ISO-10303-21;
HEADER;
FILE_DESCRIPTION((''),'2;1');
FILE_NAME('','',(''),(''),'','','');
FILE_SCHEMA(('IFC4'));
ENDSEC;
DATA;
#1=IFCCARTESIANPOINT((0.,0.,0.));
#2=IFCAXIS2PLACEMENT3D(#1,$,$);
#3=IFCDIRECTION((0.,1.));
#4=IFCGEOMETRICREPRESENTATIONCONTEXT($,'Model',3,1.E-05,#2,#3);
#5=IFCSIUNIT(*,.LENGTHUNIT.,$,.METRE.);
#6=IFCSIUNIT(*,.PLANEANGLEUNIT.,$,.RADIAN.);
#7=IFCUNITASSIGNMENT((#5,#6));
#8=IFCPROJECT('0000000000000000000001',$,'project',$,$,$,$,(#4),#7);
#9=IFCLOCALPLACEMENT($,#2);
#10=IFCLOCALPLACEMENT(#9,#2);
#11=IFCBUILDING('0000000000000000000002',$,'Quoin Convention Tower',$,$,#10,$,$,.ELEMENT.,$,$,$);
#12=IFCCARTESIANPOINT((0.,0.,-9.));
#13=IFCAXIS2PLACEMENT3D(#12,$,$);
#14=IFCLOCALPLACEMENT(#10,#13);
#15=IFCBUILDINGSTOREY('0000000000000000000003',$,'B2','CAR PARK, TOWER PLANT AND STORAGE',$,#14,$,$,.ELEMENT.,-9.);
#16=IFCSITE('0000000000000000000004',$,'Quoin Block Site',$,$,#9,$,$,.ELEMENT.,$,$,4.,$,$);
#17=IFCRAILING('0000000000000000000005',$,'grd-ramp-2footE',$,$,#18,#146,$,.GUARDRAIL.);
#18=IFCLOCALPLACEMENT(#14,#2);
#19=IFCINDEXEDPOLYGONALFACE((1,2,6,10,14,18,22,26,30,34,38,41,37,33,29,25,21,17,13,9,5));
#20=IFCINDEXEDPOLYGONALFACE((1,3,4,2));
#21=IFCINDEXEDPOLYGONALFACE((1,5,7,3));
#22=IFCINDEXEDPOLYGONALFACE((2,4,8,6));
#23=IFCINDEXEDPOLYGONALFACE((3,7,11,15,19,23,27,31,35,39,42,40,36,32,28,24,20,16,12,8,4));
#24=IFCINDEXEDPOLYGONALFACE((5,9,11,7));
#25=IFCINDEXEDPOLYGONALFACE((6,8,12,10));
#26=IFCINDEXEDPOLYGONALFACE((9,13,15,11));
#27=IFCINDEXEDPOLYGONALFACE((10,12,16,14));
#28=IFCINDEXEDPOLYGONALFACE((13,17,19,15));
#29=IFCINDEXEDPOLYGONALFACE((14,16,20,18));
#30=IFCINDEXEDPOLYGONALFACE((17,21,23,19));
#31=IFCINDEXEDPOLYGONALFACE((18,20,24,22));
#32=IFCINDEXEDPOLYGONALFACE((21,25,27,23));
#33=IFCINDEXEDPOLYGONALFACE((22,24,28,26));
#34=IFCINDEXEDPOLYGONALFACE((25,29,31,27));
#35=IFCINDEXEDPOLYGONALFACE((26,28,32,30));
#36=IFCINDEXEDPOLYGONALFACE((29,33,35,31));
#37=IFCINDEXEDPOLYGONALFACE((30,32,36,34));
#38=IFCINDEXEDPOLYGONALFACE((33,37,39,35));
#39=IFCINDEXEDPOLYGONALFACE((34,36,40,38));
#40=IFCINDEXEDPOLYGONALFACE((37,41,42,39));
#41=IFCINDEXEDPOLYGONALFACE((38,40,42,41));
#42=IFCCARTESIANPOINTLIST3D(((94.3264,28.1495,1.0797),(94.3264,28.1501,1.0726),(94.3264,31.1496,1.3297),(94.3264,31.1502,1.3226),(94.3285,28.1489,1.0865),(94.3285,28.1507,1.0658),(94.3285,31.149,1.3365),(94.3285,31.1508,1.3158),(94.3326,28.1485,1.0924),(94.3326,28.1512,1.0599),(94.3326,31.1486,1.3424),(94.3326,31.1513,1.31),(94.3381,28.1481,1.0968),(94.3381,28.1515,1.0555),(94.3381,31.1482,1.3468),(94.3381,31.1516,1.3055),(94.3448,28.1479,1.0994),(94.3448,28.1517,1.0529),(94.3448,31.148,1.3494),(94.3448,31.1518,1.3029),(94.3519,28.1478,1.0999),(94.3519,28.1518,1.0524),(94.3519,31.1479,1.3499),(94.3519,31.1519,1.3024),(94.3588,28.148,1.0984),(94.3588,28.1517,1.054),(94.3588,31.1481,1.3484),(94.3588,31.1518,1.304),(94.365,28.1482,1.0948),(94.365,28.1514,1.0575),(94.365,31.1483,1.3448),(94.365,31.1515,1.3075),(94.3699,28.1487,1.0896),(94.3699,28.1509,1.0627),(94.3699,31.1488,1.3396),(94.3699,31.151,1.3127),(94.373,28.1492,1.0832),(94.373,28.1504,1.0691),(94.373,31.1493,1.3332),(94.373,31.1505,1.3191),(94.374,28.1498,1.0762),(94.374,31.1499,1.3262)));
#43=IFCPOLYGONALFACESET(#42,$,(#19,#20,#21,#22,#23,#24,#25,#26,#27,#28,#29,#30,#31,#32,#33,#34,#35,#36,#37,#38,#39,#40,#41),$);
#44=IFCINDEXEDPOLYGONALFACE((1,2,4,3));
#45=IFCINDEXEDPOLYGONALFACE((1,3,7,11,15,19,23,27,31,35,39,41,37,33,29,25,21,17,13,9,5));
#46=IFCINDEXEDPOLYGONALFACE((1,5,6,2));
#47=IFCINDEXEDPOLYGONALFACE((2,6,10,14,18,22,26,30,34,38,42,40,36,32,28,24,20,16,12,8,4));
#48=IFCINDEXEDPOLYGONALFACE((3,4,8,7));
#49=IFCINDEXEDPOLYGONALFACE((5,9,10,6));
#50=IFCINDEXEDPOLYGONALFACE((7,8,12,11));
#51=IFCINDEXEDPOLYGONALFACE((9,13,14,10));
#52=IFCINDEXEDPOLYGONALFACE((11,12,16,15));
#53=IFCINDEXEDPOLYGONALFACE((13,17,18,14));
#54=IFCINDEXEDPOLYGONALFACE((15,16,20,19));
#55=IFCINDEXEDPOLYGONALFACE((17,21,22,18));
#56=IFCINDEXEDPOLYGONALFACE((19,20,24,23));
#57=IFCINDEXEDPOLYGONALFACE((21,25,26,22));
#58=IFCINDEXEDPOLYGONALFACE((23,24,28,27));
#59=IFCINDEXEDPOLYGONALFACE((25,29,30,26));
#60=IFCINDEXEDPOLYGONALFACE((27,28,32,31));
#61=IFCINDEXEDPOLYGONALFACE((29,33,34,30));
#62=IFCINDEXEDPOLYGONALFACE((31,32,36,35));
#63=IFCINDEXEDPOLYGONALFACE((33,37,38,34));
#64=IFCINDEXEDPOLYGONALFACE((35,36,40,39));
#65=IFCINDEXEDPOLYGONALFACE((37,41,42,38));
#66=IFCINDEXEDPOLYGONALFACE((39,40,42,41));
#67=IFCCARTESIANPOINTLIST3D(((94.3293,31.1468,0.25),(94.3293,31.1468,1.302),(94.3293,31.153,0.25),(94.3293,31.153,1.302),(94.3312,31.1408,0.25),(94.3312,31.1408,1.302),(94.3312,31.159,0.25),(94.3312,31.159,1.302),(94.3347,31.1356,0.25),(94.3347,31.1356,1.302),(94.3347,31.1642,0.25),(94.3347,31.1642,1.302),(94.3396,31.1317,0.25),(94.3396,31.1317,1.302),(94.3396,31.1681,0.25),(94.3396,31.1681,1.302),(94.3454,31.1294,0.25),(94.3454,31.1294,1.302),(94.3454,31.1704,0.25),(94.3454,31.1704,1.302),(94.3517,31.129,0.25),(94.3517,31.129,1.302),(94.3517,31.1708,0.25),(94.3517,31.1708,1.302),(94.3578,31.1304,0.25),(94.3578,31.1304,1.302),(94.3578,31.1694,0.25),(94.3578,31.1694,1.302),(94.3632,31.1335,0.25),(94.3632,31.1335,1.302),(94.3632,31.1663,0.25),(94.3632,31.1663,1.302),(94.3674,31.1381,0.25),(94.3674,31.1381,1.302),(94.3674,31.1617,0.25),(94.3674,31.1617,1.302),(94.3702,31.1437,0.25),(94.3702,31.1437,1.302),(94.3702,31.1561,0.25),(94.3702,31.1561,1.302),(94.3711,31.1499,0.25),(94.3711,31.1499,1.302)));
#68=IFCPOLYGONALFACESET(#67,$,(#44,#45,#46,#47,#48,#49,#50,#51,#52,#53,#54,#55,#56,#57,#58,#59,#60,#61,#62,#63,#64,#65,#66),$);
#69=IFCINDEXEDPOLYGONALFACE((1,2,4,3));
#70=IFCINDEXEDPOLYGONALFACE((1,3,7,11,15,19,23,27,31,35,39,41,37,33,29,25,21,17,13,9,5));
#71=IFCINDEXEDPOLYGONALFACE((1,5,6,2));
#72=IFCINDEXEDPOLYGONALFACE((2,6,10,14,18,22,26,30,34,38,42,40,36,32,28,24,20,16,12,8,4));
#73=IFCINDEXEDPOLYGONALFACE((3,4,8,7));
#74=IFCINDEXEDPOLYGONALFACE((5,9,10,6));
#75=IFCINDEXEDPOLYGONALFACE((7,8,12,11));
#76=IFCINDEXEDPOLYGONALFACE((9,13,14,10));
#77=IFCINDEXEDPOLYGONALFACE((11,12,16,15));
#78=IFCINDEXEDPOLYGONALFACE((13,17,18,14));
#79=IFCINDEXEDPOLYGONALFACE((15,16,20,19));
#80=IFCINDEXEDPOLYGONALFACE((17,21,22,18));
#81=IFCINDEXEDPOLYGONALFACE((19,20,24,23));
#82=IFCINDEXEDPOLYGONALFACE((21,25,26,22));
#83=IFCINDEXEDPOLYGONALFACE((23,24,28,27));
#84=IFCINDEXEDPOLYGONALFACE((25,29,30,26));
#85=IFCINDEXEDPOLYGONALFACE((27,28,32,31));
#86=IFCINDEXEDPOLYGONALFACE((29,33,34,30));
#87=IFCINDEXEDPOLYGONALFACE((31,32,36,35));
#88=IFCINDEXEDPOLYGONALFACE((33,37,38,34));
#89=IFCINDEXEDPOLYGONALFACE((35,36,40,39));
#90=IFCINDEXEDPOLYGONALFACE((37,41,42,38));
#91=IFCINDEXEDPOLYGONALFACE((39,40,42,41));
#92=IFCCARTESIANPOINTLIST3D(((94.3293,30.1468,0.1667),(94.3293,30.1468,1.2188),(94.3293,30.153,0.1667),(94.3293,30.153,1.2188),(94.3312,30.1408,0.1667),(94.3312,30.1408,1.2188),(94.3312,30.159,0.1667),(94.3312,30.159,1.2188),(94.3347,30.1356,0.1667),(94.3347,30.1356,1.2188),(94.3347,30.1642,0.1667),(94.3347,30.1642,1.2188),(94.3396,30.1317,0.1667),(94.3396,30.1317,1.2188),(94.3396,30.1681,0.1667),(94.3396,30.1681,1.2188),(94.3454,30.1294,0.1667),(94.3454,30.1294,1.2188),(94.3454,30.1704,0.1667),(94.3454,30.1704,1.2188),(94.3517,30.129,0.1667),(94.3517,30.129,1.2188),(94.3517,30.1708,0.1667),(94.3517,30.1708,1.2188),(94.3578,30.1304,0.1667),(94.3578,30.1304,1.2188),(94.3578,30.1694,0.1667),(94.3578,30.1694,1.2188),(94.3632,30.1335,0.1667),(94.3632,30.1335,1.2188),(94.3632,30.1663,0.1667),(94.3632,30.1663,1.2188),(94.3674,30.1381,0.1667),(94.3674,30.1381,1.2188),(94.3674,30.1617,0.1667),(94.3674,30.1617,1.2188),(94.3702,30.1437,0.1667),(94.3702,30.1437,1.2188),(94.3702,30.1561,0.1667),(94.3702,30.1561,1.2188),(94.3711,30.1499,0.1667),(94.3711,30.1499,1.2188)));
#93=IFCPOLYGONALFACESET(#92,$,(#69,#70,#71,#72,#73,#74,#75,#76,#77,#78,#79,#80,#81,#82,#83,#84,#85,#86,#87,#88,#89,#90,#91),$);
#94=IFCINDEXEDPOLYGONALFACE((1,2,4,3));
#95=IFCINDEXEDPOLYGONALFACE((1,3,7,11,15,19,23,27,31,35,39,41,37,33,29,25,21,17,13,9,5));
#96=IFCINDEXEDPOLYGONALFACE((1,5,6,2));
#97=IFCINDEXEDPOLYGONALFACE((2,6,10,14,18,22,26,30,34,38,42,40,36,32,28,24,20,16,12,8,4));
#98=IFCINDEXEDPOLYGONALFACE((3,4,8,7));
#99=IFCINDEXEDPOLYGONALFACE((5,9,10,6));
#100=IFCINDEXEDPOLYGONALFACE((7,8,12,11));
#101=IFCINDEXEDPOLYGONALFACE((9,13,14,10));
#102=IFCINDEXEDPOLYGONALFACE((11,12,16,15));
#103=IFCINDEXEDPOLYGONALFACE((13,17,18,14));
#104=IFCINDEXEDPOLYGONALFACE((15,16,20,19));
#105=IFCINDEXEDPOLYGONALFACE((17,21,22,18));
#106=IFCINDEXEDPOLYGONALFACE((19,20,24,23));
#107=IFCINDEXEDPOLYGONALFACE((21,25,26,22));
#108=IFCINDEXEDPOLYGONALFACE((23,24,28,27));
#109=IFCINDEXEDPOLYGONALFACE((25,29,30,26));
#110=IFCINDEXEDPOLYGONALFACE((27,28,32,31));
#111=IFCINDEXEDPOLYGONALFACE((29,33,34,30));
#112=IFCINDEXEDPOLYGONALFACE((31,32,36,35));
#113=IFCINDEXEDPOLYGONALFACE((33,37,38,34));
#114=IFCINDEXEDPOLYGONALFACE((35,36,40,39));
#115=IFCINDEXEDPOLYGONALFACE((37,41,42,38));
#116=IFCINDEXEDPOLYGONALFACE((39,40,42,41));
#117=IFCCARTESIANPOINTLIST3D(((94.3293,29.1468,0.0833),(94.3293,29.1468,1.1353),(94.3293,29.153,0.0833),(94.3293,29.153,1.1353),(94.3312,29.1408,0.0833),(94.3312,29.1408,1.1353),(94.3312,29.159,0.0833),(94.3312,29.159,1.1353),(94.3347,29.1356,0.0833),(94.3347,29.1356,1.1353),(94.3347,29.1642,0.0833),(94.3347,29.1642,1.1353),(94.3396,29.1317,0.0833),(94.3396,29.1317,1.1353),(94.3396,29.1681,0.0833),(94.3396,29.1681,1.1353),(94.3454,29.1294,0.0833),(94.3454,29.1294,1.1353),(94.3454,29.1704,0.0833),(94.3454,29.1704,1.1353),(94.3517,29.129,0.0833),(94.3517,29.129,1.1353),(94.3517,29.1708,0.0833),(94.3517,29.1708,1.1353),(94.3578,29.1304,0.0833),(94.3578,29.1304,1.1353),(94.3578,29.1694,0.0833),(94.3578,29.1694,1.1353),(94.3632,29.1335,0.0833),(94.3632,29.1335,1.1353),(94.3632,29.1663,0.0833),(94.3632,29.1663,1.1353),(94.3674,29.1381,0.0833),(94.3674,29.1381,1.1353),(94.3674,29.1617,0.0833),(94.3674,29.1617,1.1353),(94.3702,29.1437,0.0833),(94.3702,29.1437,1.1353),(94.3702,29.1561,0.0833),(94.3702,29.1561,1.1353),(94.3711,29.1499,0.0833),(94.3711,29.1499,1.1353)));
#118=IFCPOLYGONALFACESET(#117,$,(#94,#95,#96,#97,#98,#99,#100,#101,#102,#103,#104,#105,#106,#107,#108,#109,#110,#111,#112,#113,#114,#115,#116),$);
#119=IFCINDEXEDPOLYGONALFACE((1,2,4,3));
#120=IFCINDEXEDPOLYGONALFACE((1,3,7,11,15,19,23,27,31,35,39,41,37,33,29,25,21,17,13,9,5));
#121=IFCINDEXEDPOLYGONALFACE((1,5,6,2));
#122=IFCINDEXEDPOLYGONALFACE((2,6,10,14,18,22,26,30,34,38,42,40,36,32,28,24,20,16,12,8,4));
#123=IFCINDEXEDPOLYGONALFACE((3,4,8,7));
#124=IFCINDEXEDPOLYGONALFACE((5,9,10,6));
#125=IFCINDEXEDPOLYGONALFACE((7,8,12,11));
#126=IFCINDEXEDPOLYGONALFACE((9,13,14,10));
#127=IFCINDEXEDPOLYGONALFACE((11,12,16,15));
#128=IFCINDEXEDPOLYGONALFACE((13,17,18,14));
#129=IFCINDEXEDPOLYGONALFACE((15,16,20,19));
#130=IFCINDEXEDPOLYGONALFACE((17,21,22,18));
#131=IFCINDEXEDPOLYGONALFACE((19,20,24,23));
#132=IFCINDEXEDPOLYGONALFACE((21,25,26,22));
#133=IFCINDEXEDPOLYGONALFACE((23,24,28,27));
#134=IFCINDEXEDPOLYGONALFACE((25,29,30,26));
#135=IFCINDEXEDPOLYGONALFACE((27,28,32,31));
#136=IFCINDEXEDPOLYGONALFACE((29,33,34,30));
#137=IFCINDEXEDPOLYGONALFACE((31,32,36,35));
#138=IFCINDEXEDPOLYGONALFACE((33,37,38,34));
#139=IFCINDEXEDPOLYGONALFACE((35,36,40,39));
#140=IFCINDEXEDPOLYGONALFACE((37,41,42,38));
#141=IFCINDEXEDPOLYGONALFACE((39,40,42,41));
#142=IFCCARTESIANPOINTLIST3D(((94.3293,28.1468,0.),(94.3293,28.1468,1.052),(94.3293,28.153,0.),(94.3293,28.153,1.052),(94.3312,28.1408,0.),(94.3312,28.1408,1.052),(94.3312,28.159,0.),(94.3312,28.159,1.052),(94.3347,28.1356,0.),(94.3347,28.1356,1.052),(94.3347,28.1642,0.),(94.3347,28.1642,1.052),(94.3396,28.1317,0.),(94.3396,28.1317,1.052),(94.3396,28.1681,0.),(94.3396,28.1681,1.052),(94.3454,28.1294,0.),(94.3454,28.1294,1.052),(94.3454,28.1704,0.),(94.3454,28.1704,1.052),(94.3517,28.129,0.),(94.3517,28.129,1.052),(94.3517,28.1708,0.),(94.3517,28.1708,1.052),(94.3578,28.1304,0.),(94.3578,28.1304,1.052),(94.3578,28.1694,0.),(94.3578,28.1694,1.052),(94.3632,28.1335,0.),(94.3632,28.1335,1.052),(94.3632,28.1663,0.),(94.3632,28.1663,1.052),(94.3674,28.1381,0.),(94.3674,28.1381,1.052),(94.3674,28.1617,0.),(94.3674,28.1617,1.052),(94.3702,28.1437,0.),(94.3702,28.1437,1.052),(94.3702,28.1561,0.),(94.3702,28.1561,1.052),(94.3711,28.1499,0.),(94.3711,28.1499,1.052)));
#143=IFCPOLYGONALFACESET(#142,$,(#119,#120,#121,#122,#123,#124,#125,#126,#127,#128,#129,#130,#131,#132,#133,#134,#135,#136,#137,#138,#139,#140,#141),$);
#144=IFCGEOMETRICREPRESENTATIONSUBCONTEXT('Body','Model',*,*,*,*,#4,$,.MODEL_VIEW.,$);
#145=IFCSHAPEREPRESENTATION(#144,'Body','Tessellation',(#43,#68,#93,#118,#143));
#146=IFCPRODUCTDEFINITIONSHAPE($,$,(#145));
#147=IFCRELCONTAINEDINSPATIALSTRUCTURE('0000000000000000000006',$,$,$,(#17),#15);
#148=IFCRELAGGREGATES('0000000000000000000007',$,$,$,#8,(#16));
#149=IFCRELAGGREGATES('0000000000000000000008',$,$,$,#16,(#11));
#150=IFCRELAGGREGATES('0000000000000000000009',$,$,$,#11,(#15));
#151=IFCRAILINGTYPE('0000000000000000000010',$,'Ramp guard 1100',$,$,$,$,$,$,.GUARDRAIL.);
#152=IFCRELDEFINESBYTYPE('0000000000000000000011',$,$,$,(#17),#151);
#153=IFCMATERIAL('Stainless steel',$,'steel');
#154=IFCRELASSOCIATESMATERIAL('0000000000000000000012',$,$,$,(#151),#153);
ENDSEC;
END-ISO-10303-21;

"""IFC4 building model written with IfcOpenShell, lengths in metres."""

from ifc_helpers import new_model, si_unit, direction, frame, origin, origin_2d, place, context, subcontext, project, spatial, circle, extrude, material, type_object, element, save


model = new_model("IFC4")

# Units and contexts
model_context = context("Model", 3, precision=1e-05, world=origin(), true_north=direction((0.0, 1.0)))
body_context = subcontext(model_context, "Body", "Model", "MODEL_VIEW")
ifc_project = project(units=[si_unit("LENGTHUNIT", "METRE"), si_unit("PLANEANGLEUNIT", "RADIAN")], contexts=[model_context])

# Site, building, storey
site_placement = place(None, origin())
site = spatial("IfcSite", under=ifc_project, at=site_placement, Name="Quoin Block Site", CompositionType="ELEMENT", RefElevation=4.0)
building_placement = place(site_placement, origin())
building = spatial("IfcBuilding", under=site, at=building_placement, Name="Quoin Convention Tower", CompositionType="ELEMENT")
storey_placement = place(building_placement, frame((0.0, 0.0, -9.0)))
storey = spatial("IfcBuildingStorey", under=building, at=storey_placement, Name="B2", Description="CAR PARK, TOWER PLANT AND STORAGE", CompositionType="ELEMENT", Elevation=-9.0)

# Railing
ifc_material_1 = material(Name="Stainless steel", Category="steel")
railing_type = type_object("IfcRailingType", Name="Ramp guard 1100", PredefinedType="GUARDRAIL", material=ifc_material_1)
for number, where, name in (
    (1, (94.3501, 31.1499, 0.25), "grd-ramp-2footE"),
):
    element("IfcRailing", number, at=place(storey_placement, frame(where)), inside=storey, type_object=railing_type, Name=name, PredefinedType="GUARDRAIL", context=body_context, shape_type="SweptSolid", body=[
        extrude(circle(Radius=0.0239, at=origin_2d()), frame((0.0, 0.0, 1.0762), z_axis=(0.0, -0.996546, -0.083045), x_axis=(1.0, 0.0, 0.0)), (0.0, 0.0, 1.0), 3.0105),
        extrude(circle(Radius=0.021, at=origin_2d()), origin(), (0.0, 0.0, 1.0), 1.052),
        extrude(circle(Radius=0.021, at=origin_2d()), frame((0.0, -1.0, -0.0833)), (0.0, 0.0, 1.0), 1.052),
        extrude(circle(Radius=0.021, at=origin_2d()), frame((0.0, -2.0, -0.1667)), (0.0, 0.0, 1.0), 1.052),
        extrude(circle(Radius=0.021, at=origin_2d()), frame((0.0, -3.0, -0.25)), (0.0, 0.0, 1.0), 1.052),
    ])

save(model, "model.ifc")
